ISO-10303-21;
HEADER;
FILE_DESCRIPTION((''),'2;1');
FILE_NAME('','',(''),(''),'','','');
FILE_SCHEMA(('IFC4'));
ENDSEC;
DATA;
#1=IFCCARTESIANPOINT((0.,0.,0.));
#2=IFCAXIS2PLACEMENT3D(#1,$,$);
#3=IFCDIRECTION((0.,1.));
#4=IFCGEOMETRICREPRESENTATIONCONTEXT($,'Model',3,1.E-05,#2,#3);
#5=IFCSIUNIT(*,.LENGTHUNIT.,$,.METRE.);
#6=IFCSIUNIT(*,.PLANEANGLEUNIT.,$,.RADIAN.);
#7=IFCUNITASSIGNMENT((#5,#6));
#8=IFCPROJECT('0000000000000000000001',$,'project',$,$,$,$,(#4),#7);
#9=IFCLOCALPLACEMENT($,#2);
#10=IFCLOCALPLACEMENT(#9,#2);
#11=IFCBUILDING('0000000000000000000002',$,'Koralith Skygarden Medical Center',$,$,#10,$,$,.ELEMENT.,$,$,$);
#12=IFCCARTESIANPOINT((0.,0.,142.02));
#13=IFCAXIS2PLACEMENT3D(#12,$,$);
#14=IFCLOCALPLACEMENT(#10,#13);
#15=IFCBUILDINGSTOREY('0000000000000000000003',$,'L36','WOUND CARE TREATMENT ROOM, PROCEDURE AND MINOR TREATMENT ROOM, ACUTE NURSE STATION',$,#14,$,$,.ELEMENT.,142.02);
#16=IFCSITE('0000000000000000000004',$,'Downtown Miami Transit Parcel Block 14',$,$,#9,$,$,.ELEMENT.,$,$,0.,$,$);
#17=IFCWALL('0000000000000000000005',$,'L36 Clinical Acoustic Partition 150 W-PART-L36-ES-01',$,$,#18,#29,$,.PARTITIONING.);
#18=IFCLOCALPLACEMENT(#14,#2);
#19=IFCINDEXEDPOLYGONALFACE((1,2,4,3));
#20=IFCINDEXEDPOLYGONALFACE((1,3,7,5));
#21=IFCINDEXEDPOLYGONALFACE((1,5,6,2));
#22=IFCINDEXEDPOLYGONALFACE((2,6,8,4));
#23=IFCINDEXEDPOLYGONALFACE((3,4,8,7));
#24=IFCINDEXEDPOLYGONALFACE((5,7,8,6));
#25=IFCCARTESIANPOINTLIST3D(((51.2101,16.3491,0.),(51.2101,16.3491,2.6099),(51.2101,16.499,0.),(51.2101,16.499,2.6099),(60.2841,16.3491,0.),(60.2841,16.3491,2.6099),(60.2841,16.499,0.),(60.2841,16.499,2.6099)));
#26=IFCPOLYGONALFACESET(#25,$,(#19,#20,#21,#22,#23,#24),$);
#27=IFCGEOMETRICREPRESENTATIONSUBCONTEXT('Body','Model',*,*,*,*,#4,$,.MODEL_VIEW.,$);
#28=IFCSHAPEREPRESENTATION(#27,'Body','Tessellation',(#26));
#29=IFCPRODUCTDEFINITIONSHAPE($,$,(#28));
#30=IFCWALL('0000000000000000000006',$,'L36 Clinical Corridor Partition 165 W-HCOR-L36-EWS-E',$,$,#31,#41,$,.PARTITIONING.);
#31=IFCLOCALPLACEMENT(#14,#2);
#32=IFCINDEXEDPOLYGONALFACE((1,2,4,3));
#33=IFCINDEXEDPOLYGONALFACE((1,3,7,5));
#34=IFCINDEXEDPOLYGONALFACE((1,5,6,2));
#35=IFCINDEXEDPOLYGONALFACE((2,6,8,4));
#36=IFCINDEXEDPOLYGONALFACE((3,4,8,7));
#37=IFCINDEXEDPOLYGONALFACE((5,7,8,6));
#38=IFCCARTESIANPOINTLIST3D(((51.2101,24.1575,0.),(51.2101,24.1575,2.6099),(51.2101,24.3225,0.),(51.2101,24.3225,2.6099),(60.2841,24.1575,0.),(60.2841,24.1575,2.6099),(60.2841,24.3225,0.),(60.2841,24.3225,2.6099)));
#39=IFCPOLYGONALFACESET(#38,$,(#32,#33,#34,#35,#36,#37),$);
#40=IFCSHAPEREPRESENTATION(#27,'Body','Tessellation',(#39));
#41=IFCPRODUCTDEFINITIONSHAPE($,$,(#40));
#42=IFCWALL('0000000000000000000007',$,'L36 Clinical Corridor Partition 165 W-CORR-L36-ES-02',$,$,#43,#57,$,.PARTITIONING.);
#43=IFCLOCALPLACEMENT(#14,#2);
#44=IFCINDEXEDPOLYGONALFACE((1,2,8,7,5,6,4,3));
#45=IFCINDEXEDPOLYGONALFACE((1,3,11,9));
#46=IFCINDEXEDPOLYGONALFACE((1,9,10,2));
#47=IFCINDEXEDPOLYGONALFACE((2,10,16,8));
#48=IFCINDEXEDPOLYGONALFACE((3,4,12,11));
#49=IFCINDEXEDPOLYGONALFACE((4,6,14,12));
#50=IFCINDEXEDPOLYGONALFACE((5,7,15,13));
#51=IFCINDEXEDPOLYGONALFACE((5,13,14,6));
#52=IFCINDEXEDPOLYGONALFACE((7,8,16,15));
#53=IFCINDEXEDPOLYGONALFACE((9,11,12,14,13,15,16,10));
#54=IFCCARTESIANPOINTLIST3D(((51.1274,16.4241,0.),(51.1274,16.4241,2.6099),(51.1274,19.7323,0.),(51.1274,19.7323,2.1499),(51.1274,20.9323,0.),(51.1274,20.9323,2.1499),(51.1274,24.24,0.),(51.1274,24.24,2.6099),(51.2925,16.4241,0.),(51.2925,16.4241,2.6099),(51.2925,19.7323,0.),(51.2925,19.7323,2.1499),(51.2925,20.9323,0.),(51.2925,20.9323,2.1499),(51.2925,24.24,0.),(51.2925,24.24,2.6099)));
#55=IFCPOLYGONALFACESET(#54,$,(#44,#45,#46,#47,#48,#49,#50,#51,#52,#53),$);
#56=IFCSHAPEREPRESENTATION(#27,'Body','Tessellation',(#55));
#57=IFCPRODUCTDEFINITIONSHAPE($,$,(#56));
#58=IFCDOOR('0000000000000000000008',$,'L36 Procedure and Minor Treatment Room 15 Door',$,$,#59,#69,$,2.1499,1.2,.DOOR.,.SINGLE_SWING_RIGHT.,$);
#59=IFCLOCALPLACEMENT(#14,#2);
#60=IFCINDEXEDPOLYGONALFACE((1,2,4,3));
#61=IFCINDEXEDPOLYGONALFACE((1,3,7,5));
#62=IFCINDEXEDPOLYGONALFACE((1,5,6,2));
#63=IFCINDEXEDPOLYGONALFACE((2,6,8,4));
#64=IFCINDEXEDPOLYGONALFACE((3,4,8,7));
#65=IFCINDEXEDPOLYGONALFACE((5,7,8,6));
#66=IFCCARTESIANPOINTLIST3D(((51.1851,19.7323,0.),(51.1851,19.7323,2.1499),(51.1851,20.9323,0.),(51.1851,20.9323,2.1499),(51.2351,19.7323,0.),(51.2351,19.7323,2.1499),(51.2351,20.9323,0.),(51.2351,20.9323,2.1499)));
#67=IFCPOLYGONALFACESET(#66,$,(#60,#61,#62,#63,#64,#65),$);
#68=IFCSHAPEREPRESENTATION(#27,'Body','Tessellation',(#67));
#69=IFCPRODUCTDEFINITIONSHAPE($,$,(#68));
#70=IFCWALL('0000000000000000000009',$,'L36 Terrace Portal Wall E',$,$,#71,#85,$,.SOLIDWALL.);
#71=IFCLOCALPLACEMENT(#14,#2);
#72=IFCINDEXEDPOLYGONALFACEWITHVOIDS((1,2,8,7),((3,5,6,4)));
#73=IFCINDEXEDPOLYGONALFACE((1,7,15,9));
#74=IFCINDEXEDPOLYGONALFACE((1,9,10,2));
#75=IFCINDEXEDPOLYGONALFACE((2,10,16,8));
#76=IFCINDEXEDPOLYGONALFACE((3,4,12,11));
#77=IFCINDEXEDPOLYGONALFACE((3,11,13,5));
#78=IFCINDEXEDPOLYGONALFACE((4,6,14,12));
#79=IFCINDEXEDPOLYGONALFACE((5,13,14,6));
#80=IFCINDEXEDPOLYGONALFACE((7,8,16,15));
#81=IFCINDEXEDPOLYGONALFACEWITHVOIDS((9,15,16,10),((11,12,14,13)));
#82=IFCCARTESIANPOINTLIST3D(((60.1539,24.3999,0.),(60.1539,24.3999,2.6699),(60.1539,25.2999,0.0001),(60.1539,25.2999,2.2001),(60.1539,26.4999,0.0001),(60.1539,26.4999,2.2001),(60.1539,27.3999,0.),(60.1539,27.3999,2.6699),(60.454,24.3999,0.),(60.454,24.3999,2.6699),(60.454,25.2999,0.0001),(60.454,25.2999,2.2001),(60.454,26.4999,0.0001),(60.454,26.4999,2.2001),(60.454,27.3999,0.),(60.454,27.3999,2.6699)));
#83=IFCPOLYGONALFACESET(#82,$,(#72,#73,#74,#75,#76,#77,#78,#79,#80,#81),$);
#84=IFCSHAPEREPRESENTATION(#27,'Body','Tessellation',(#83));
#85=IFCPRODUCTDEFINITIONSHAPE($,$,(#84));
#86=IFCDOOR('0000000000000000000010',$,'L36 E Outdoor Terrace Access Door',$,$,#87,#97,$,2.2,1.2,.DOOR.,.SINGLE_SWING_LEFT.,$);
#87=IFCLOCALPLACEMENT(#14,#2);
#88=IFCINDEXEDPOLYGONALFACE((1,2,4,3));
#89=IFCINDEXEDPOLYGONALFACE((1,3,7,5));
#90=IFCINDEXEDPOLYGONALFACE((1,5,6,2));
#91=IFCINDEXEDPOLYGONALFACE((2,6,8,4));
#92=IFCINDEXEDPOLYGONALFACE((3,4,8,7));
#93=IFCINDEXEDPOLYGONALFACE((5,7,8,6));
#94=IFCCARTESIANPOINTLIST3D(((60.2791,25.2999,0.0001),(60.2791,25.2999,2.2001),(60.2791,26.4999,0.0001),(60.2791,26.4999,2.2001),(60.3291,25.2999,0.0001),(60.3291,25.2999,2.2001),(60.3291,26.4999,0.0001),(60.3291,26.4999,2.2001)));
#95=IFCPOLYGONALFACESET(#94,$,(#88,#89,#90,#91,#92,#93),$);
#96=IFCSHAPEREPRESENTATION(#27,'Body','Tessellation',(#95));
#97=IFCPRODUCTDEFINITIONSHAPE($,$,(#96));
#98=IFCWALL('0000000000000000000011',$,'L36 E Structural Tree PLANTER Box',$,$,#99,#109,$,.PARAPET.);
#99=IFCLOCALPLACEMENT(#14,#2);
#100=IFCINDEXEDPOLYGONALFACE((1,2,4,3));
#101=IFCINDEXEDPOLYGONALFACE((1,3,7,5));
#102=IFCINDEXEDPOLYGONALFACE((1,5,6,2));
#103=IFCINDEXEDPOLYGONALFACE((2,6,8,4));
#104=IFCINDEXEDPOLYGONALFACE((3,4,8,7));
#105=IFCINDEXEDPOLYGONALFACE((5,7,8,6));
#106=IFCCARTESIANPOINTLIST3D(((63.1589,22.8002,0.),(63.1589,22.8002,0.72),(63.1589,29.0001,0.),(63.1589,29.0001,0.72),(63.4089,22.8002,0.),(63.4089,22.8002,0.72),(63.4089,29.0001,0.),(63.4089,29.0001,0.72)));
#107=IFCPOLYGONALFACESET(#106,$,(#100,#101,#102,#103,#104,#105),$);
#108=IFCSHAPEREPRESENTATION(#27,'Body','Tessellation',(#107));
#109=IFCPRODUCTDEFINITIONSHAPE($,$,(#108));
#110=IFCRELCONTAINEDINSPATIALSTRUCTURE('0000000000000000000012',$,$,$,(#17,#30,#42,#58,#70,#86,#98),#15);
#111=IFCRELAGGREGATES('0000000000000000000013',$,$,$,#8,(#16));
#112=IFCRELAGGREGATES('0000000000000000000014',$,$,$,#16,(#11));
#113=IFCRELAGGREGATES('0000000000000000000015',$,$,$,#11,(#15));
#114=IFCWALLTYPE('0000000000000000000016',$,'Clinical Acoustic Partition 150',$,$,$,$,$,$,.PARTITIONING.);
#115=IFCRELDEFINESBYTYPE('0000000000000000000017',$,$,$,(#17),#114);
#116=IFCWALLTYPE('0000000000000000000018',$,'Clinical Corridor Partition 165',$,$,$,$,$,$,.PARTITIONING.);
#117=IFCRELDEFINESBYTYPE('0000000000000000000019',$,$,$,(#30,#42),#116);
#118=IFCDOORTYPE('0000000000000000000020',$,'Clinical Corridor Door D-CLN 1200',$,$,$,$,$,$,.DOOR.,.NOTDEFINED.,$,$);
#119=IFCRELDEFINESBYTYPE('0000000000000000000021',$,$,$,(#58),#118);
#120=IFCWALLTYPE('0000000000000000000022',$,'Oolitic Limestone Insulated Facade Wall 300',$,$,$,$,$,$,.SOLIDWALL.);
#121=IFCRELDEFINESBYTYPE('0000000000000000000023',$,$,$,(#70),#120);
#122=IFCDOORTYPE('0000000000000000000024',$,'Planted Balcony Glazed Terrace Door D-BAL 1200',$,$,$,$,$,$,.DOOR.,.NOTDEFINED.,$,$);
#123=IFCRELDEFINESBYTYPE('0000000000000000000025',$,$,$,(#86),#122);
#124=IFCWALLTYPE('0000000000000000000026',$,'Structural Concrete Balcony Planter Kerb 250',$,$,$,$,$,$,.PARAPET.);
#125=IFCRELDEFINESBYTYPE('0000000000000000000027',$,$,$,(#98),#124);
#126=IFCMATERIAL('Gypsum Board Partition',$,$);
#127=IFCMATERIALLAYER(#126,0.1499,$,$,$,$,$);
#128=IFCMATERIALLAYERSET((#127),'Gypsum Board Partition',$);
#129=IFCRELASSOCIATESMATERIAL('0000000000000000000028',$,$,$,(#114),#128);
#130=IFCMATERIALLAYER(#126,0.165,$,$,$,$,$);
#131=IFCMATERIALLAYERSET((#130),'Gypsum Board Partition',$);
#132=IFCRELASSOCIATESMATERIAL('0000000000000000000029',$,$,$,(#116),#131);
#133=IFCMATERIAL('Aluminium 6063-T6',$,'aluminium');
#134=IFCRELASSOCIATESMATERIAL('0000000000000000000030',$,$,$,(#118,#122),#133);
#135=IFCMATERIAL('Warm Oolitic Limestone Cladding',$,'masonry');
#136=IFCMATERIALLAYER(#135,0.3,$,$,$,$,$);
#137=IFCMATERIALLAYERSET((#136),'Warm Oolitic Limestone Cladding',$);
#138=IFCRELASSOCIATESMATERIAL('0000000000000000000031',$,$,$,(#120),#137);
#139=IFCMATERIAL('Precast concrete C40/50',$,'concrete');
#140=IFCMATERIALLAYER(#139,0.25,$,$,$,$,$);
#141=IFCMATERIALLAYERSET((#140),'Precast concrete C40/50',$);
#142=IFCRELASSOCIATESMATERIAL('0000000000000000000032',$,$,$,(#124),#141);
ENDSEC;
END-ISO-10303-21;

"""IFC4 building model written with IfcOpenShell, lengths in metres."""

from ifc_helpers import new_model, si_unit, direction, frame, frame_2d, origin, place, context, subcontext, project, spatial, rectangle, extrude, material, layer, layer_set, type_object, element, fill, save


model = new_model("IFC4")

# Units and contexts
model_context = context("Model", 3, precision=1e-05, world=origin(), true_north=direction((0.0, 1.0)))
body_context = subcontext(model_context, "Body", "Model", "MODEL_VIEW")
ifc_project = project(units=[si_unit("LENGTHUNIT", "METRE"), si_unit("PLANEANGLEUNIT", "RADIAN")], contexts=[model_context])

# Site, building, storey
site_placement = place(None, origin())
site = spatial("IfcSite", under=ifc_project, at=site_placement, Name="Downtown Miami Transit Parcel Block 14", CompositionType="ELEMENT", RefElevation=0.0)
building_placement = place(site_placement, origin())
building = spatial("IfcBuilding", under=site, at=building_placement, Name="Koralith Skygarden Medical Center", CompositionType="ELEMENT")
storey_placement = place(building_placement, frame((0.0, 0.0, 142.02)))
storey = spatial("IfcBuildingStorey", under=building, at=storey_placement, Name="L36", Description="WOUND CARE TREATMENT ROOM, PROCEDURE AND MINOR TREATMENT ROOM, ACUTE NURSE STATION", CompositionType="ELEMENT", Elevation=142.02)

# Shared definitions
ifc_material_1 = material(Name="Aluminium 6063-T6", Category="aluminium")

# Walls
ifc_material_2 = material(Name="Gypsum Board Partition")
ifc_layer_1 = layer(ifc_material_2, 0.1499)
ifc_layer_set_1 = layer_set([ifc_layer_1], Name="Gypsum Board Partition")
wall_type_1 = type_object("IfcWallType", Name="Clinical Acoustic Partition 150", PredefinedType="PARTITIONING", material=ifc_layer_set_1)
wall_1_placement = place(storey_placement, frame((51.21, 16.4241, 0.0), z_axis=(0.0, 0.0, 1.0), x_axis=(1.0, 0.0, 0.0)))
element("IfcWall", 1, at=wall_1_placement, inside=storey, type_object=wall_type_1, Name="L36 Clinical Acoustic Partition 150 W-PART-L36-ES-01", PredefinedType="PARTITIONING", context=body_context, shape_type="SweptSolid", body=[
    extrude(rectangle(XDim=9.074, YDim=0.1499, at=frame_2d((4.5371, 0.0))), origin(), (0.0, 0.0, 1.0), 2.6099),
])
ifc_layer_2 = layer(ifc_material_2, 0.165)
ifc_layer_set_2 = layer_set([ifc_layer_2], Name="Gypsum Board Partition")
wall_type_2 = type_object("IfcWallType", Name="Clinical Corridor Partition 165", PredefinedType="PARTITIONING", material=ifc_layer_set_2)
wall_2_placement = place(storey_placement, frame((51.21, 24.24, 0.0), z_axis=(0.0, 0.0, 1.0), x_axis=(1.0, 0.0, 0.0)))
element("IfcWall", 2, at=wall_2_placement, inside=storey, type_object=wall_type_2, Name="L36 Clinical Corridor Partition 165 W-HCOR-L36-EWS-E", PredefinedType="PARTITIONING", context=body_context, shape_type="SweptSolid", body=[
    extrude(rectangle(XDim=9.074, YDim=0.165, at=frame_2d((4.5371, 0.0))), origin(), (0.0, 0.0, 1.0), 2.6099),
])

# Walls, openings, doors
wall_3_placement = place(storey_placement, frame((51.21, 16.4241, 0.0), z_axis=(0.0, 0.0, 1.0), x_axis=(0.0, 1.0, 0.0)))
wall_3 = element("IfcWall", 3, at=wall_3_placement, inside=storey, type_object=wall_type_2, Name="L36 Clinical Corridor Partition 165 W-CORR-L36-ES-02", PredefinedType="PARTITIONING", context=body_context, shape_type="SweptSolid", body=[
    extrude(rectangle(XDim=7.8159, YDim=0.165, at=frame_2d((3.908, 0.0))), origin(), (0.0, 0.0, 1.0), 2.6099),
])
opening_1_placement = place(wall_3_placement, frame((3.3081, 0.0, 0.0)))
opening_1 = element("IfcOpeningElement", 4, at=opening_1_placement, cuts=wall_3, PredefinedType="OPENING", context=body_context, shape_type="SweptSolid", body=[
    extrude(rectangle(XDim=1.2, YDim=2.1499, at=frame_2d((0.6001, 1.075))), frame((0.0, 0.0925, 0.0), z_axis=(0.0, -1.0, 0.0), x_axis=(1.0, 0.0, 0.0)), (0.0, 0.0, 1.0), 0.1851),
])
door_type_1 = type_object("IfcDoorType", Name="Clinical Corridor Door D-CLN 1200", OperationType="NOTDEFINED", PredefinedType="DOOR", material=ifc_material_1)
door_1_placement = place(opening_1_placement, origin())
door_1 = element("IfcDoor", 5, at=door_1_placement, inside=storey, type_object=door_type_1, Name="L36 Procedure and Minor Treatment Room 15 Door", OperationType="SINGLE_SWING_RIGHT", OverallHeight=2.1499, OverallWidth=1.2, PredefinedType="DOOR", context=body_context, shape_type="SweptSolid", body=[
    extrude(rectangle(XDim=1.2, YDim=2.1499, at=frame_2d((0.6001, 1.075))), frame((0.0, 0.0249, 0.0), z_axis=(0.0, -1.0, 0.0), x_axis=(1.0, 0.0, 0.0)), (0.0, 0.0, 1.0), 0.05),
])
fill(opening_1, door_1)
ifc_material_3 = material(Name="Warm Oolitic Limestone Cladding", Category="masonry")
ifc_layer_3 = layer(ifc_material_3, 0.3)
ifc_layer_set_3 = layer_set([ifc_layer_3], Name="Warm Oolitic Limestone Cladding")
wall_type_3 = type_object("IfcWallType", Name="Oolitic Limestone Insulated Facade Wall 300", PredefinedType="SOLIDWALL", material=ifc_layer_set_3)
wall_4_placement = place(storey_placement, frame((60.304, 24.3999, 0.0), z_axis=(0.0, 0.0, 1.0), x_axis=(0.0, 1.0, 0.0)))
wall_4 = element("IfcWall", 6, at=wall_4_placement, inside=storey, type_object=wall_type_3, Name="L36 Terrace Portal Wall E", PredefinedType="SOLIDWALL", context=body_context, shape_type="SweptSolid", body=[
    extrude(rectangle(XDim=3.0, YDim=0.3, at=frame_2d((1.5, 0.0))), origin(), (0.0, 0.0, 1.0), 2.6699),
])
opening_2_placement = place(wall_4_placement, frame((0.8999, 0.0, 0.0)))
opening_2 = element("IfcOpeningElement", 7, at=opening_2_placement, cuts=wall_4, PredefinedType="OPENING", context=body_context, shape_type="SweptSolid", body=[
    extrude(rectangle(XDim=1.2, YDim=2.2, at=frame_2d((0.6001, 1.1001))), frame((0.0, 0.1599, 0.0), z_axis=(0.0, -1.0, 0.0), x_axis=(1.0, 0.0, 0.0)), (0.0, 0.0, 1.0), 0.3201),
])
door_type_2 = type_object("IfcDoorType", Name="Planted Balcony Glazed Terrace Door D-BAL 1200", OperationType="NOTDEFINED", PredefinedType="DOOR", material=ifc_material_1)
door_2_placement = place(opening_2_placement, origin())
door_2 = element("IfcDoor", 8, at=door_2_placement, inside=storey, type_object=door_type_2, Name="L36 E Outdoor Terrace Access Door", OperationType="SINGLE_SWING_LEFT", OverallHeight=2.2, OverallWidth=1.2, PredefinedType="DOOR", context=body_context, shape_type="SweptSolid", body=[
    extrude(rectangle(XDim=1.2, YDim=2.2, at=frame_2d((0.6001, 1.1001))), frame((0.0, 0.0249, 0.0), z_axis=(0.0, -1.0, 0.0), x_axis=(1.0, 0.0, 0.0)), (0.0, 0.0, 1.0), 0.05),
])
fill(opening_2, door_2)

# Wall
ifc_material_4 = material(Name="Precast concrete C40/50", Category="concrete")
ifc_layer_4 = layer(ifc_material_4, 0.25)
ifc_layer_set_4 = layer_set([ifc_layer_4], Name="Precast concrete C40/50")
wall_type_4 = type_object("IfcWallType", Name="Structural Concrete Balcony Planter Kerb 250", PredefinedType="PARAPET", material=ifc_layer_set_4)
wall_5_placement = place(storey_placement, frame((63.2839, 22.8, 0.0), z_axis=(0.0, 0.0, 1.0), x_axis=(0.0, 1.0, 0.0)))
element("IfcWall", 9, at=wall_5_placement, inside=storey, type_object=wall_type_4, Name="L36 E Structural Tree PLANTER Box", PredefinedType="PARAPET", context=body_context, shape_type="SweptSolid", body=[
    extrude(rectangle(XDim=6.2, YDim=0.25, at=frame_2d((3.1001, 0.0))), origin(), (0.0, 0.0, 1.0), 0.72),
])

save(model, "model.ifc")
